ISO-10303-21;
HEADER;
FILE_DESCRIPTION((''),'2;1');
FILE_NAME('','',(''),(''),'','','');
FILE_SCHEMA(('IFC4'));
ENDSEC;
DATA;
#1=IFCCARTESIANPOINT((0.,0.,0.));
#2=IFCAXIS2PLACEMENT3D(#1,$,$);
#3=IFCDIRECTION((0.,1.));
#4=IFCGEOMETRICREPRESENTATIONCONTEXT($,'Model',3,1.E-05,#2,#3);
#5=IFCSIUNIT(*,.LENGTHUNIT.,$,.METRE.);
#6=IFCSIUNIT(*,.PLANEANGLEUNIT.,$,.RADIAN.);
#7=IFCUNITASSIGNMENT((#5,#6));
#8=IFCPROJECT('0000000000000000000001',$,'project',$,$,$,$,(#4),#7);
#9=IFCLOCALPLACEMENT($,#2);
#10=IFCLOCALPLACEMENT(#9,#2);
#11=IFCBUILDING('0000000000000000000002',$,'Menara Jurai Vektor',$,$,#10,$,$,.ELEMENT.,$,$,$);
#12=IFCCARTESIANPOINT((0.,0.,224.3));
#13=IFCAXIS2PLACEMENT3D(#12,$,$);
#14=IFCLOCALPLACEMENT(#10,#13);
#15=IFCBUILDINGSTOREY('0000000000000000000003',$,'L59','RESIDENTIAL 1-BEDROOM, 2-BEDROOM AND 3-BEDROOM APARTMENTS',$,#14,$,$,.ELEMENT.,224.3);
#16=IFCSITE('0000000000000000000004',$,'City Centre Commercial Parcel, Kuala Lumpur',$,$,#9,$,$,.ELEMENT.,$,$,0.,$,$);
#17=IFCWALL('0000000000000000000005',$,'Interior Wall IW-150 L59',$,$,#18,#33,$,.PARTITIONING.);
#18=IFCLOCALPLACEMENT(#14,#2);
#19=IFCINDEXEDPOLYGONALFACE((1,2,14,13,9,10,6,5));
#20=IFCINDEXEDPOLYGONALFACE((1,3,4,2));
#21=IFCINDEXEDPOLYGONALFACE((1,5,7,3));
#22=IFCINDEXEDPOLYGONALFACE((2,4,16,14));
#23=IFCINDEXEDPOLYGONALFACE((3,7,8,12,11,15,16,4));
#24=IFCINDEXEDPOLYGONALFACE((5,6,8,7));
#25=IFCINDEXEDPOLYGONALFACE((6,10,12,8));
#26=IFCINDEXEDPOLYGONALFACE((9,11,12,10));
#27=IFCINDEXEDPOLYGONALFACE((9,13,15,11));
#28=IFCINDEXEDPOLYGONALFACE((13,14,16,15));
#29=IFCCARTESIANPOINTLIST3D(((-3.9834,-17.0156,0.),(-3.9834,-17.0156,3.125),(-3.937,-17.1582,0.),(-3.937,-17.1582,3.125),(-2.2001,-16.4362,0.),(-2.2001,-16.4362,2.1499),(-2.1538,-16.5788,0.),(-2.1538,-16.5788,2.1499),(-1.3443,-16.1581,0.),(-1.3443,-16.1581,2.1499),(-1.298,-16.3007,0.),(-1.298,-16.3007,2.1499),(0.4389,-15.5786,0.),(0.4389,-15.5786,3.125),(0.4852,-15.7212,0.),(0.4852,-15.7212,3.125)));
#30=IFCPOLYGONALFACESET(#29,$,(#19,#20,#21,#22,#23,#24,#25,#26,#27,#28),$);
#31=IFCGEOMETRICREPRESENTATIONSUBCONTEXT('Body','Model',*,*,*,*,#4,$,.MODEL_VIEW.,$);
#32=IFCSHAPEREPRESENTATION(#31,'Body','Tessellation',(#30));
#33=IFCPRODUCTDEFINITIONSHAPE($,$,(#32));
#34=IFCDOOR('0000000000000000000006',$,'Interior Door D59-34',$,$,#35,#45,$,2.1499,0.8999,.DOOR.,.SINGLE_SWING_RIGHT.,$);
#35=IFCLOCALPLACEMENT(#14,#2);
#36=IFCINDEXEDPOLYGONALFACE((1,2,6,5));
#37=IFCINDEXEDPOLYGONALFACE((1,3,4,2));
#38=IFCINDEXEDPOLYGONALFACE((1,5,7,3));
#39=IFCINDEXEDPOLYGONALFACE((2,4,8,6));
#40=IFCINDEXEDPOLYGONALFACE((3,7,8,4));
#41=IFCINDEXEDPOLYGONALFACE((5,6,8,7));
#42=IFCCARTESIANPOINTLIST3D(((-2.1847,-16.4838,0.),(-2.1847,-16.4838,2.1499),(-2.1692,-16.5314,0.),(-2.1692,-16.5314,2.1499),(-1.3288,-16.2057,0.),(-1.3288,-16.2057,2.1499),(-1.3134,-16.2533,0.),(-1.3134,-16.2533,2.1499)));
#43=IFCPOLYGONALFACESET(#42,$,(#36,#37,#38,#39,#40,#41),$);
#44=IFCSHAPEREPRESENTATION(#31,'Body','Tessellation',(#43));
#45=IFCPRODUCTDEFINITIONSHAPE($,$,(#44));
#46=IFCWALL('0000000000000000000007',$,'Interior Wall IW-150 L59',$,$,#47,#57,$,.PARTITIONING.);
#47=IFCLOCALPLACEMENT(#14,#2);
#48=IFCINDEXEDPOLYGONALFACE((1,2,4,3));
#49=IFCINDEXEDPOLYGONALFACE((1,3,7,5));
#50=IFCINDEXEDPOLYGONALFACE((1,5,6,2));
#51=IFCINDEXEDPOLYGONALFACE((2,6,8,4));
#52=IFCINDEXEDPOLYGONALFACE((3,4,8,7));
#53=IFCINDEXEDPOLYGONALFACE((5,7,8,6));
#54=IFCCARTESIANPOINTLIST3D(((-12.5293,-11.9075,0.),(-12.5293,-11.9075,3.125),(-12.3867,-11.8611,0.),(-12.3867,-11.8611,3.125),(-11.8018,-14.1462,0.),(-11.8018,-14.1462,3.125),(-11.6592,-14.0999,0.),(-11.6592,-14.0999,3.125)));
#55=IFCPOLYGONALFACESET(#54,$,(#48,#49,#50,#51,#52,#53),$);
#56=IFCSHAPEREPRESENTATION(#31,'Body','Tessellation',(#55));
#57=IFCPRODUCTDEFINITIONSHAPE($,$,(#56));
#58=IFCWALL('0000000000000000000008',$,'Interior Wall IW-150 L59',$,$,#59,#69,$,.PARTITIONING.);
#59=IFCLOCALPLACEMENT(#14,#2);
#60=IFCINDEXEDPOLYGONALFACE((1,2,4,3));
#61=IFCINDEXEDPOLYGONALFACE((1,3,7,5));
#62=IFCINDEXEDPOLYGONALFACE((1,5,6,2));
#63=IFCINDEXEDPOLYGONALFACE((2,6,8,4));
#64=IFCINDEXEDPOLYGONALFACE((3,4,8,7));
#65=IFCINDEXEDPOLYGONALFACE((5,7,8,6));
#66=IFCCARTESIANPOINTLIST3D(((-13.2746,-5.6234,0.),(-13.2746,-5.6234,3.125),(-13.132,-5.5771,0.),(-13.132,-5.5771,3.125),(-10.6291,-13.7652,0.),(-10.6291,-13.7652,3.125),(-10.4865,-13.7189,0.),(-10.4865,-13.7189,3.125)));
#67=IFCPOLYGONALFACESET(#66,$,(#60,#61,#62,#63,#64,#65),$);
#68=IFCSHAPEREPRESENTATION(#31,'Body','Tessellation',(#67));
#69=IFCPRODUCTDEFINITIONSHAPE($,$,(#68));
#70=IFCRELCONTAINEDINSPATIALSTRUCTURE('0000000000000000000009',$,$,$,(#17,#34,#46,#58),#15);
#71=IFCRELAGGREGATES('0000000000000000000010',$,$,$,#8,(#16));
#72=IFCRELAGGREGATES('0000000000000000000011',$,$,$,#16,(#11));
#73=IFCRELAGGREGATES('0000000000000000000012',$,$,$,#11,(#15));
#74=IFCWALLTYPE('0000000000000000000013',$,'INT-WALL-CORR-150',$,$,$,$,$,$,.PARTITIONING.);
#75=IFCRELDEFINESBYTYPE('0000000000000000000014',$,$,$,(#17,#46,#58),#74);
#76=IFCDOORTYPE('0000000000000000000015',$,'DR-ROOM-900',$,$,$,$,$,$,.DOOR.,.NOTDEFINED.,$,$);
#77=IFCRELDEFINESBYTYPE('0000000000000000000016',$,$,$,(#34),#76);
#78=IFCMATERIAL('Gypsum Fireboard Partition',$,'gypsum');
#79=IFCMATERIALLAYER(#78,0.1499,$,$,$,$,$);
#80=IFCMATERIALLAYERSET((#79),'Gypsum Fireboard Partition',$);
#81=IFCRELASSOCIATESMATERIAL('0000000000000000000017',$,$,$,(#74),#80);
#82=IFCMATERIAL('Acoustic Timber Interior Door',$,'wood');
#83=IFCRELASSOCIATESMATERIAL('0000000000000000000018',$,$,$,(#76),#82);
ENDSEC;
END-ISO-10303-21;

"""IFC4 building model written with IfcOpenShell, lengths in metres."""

from ifc_helpers import new_model, si_unit, direction, frame, frame_2d, origin, place, context, subcontext, project, spatial, rectangle, extrude, material, layer, layer_set, type_object, element, fill, save


model = new_model("IFC4")

# Units and contexts
model_context = context("Model", 3, precision=1e-05, world=origin(), true_north=direction((0.0, 1.0)))
body_context = subcontext(model_context, "Body", "Model", "MODEL_VIEW")
ifc_project = project(units=[si_unit("LENGTHUNIT", "METRE"), si_unit("PLANEANGLEUNIT", "RADIAN")], contexts=[model_context])

# Site, building, storey
site_placement = place(None, origin())
site = spatial("IfcSite", under=ifc_project, at=site_placement, Name="City Centre Commercial Parcel, Kuala Lumpur", CompositionType="ELEMENT", RefElevation=0.0)
building_placement = place(site_placement, origin())
building = spatial("IfcBuilding", under=site, at=building_placement, Name="Menara Jurai Vektor", CompositionType="ELEMENT")
storey_placement = place(building_placement, frame((0.0, 0.0, 224.3)))
storey = spatial("IfcBuildingStorey", under=building, at=storey_placement, Name="L59", Description="RESIDENTIAL 1-BEDROOM, 2-BEDROOM AND 3-BEDROOM APARTMENTS", CompositionType="ELEMENT", Elevation=224.3)

# Shared definitions
ifc_material_1 = material(Name="Gypsum Fireboard Partition", Category="gypsum")
ifc_layer_1 = layer(ifc_material_1, 0.1499)
ifc_layer_set_1 = layer_set([ifc_layer_1], Name="Gypsum Fireboard Partition")
wall_type = type_object("IfcWallType", Name="INT-WALL-CORR-150", PredefinedType="PARTITIONING", material=ifc_layer_set_1)
ifc_material_2 = material(Name="Acoustic Timber Interior Door", Category="wood")
door_type_1 = type_object("IfcDoorType", Name="DR-ROOM-900", OperationType="NOTDEFINED", PredefinedType="DOOR", material=ifc_material_2)

# Wall, opening, door
wall_1_placement = place(storey_placement, frame((-3.9602, -17.0869, 0.0), z_axis=(0.0, 0.0, 1.0), x_axis=(0.95105, 0.309036, 0.0)))
wall_1 = element("IfcWall", 1, at=wall_1_placement, inside=storey, type_object=wall_type, Name="Interior Wall IW-150 L59", PredefinedType="PARTITIONING", context=body_context, shape_type="SweptSolid", body=[
    extrude(rectangle(XDim=4.6499, YDim=0.1499, at=frame_2d((2.325, 0.0))), origin(), (0.0, 0.0, 1.0), 3.125),
])
opening_1_placement = place(wall_1_placement, frame((1.875, 0.0, 0.0)))
opening_1 = element("IfcOpeningElement", 2, at=opening_1_placement, cuts=wall_1, PredefinedType="OPENING", context=body_context, shape_type="SweptSolid", body=[
    extrude(rectangle(XDim=0.8999, YDim=2.1499, at=frame_2d((0.45, 1.075))), frame((0.0, 0.085, 0.0), z_axis=(0.0, -1.0, 0.0), x_axis=(1.0, 0.0, 0.0)), (0.0, 0.0, 1.0), 0.1699),
])
door_1_placement = place(opening_1_placement, origin())
door_1 = element("IfcDoor", 3, at=door_1_placement, inside=storey, type_object=door_type_1, Name="Interior Door D59-34", OperationType="SINGLE_SWING_RIGHT", OverallHeight=2.1499, OverallWidth=0.8999, PredefinedType="DOOR", context=body_context, shape_type="SweptSolid", body=[
    extrude(rectangle(XDim=0.8999, YDim=2.1499, at=frame_2d((0.45, 1.075))), frame((0.0, 0.0249, 0.0), z_axis=(0.0, -1.0, 0.0), x_axis=(1.0, 0.0, 0.0)), (0.0, 0.0, 1.0), 0.05),
])
fill(opening_1, door_1)

# Walls
wall_2_placement = place(storey_placement, frame((-11.7305, -14.123, 0.0), z_axis=(0.0, 0.0, 1.0), x_axis=(-0.309063, 0.951042, 0.0)))
element("IfcWall", 4, at=wall_2_placement, inside=storey, type_object=wall_type, Name="Interior Wall IW-150 L59", PredefinedType="PARTITIONING", context=body_context, shape_type="SweptSolid", body=[
    extrude(rectangle(XDim=2.354, YDim=0.1499, at=frame_2d((1.177, 0.0))), origin(), (0.0, 0.0, 1.0), 3.125),
])
wall_3_placement = place(storey_placement, frame((-10.5579, -13.7419, 0.0), z_axis=(0.0, 0.0, 1.0), x_axis=(-0.309024, 0.951054, 0.0)))
element("IfcWall", 5, at=wall_3_placement, inside=storey, type_object=wall_type, Name="Interior Wall IW-150 L59", PredefinedType="PARTITIONING", context=body_context, shape_type="SweptSolid", body=[
    extrude(rectangle(XDim=8.5608, YDim=0.1499, at=frame_2d((4.2803, 0.0))), origin(), (0.0, 0.0, 1.0), 3.125),
])

save(model, "model.ifc")
